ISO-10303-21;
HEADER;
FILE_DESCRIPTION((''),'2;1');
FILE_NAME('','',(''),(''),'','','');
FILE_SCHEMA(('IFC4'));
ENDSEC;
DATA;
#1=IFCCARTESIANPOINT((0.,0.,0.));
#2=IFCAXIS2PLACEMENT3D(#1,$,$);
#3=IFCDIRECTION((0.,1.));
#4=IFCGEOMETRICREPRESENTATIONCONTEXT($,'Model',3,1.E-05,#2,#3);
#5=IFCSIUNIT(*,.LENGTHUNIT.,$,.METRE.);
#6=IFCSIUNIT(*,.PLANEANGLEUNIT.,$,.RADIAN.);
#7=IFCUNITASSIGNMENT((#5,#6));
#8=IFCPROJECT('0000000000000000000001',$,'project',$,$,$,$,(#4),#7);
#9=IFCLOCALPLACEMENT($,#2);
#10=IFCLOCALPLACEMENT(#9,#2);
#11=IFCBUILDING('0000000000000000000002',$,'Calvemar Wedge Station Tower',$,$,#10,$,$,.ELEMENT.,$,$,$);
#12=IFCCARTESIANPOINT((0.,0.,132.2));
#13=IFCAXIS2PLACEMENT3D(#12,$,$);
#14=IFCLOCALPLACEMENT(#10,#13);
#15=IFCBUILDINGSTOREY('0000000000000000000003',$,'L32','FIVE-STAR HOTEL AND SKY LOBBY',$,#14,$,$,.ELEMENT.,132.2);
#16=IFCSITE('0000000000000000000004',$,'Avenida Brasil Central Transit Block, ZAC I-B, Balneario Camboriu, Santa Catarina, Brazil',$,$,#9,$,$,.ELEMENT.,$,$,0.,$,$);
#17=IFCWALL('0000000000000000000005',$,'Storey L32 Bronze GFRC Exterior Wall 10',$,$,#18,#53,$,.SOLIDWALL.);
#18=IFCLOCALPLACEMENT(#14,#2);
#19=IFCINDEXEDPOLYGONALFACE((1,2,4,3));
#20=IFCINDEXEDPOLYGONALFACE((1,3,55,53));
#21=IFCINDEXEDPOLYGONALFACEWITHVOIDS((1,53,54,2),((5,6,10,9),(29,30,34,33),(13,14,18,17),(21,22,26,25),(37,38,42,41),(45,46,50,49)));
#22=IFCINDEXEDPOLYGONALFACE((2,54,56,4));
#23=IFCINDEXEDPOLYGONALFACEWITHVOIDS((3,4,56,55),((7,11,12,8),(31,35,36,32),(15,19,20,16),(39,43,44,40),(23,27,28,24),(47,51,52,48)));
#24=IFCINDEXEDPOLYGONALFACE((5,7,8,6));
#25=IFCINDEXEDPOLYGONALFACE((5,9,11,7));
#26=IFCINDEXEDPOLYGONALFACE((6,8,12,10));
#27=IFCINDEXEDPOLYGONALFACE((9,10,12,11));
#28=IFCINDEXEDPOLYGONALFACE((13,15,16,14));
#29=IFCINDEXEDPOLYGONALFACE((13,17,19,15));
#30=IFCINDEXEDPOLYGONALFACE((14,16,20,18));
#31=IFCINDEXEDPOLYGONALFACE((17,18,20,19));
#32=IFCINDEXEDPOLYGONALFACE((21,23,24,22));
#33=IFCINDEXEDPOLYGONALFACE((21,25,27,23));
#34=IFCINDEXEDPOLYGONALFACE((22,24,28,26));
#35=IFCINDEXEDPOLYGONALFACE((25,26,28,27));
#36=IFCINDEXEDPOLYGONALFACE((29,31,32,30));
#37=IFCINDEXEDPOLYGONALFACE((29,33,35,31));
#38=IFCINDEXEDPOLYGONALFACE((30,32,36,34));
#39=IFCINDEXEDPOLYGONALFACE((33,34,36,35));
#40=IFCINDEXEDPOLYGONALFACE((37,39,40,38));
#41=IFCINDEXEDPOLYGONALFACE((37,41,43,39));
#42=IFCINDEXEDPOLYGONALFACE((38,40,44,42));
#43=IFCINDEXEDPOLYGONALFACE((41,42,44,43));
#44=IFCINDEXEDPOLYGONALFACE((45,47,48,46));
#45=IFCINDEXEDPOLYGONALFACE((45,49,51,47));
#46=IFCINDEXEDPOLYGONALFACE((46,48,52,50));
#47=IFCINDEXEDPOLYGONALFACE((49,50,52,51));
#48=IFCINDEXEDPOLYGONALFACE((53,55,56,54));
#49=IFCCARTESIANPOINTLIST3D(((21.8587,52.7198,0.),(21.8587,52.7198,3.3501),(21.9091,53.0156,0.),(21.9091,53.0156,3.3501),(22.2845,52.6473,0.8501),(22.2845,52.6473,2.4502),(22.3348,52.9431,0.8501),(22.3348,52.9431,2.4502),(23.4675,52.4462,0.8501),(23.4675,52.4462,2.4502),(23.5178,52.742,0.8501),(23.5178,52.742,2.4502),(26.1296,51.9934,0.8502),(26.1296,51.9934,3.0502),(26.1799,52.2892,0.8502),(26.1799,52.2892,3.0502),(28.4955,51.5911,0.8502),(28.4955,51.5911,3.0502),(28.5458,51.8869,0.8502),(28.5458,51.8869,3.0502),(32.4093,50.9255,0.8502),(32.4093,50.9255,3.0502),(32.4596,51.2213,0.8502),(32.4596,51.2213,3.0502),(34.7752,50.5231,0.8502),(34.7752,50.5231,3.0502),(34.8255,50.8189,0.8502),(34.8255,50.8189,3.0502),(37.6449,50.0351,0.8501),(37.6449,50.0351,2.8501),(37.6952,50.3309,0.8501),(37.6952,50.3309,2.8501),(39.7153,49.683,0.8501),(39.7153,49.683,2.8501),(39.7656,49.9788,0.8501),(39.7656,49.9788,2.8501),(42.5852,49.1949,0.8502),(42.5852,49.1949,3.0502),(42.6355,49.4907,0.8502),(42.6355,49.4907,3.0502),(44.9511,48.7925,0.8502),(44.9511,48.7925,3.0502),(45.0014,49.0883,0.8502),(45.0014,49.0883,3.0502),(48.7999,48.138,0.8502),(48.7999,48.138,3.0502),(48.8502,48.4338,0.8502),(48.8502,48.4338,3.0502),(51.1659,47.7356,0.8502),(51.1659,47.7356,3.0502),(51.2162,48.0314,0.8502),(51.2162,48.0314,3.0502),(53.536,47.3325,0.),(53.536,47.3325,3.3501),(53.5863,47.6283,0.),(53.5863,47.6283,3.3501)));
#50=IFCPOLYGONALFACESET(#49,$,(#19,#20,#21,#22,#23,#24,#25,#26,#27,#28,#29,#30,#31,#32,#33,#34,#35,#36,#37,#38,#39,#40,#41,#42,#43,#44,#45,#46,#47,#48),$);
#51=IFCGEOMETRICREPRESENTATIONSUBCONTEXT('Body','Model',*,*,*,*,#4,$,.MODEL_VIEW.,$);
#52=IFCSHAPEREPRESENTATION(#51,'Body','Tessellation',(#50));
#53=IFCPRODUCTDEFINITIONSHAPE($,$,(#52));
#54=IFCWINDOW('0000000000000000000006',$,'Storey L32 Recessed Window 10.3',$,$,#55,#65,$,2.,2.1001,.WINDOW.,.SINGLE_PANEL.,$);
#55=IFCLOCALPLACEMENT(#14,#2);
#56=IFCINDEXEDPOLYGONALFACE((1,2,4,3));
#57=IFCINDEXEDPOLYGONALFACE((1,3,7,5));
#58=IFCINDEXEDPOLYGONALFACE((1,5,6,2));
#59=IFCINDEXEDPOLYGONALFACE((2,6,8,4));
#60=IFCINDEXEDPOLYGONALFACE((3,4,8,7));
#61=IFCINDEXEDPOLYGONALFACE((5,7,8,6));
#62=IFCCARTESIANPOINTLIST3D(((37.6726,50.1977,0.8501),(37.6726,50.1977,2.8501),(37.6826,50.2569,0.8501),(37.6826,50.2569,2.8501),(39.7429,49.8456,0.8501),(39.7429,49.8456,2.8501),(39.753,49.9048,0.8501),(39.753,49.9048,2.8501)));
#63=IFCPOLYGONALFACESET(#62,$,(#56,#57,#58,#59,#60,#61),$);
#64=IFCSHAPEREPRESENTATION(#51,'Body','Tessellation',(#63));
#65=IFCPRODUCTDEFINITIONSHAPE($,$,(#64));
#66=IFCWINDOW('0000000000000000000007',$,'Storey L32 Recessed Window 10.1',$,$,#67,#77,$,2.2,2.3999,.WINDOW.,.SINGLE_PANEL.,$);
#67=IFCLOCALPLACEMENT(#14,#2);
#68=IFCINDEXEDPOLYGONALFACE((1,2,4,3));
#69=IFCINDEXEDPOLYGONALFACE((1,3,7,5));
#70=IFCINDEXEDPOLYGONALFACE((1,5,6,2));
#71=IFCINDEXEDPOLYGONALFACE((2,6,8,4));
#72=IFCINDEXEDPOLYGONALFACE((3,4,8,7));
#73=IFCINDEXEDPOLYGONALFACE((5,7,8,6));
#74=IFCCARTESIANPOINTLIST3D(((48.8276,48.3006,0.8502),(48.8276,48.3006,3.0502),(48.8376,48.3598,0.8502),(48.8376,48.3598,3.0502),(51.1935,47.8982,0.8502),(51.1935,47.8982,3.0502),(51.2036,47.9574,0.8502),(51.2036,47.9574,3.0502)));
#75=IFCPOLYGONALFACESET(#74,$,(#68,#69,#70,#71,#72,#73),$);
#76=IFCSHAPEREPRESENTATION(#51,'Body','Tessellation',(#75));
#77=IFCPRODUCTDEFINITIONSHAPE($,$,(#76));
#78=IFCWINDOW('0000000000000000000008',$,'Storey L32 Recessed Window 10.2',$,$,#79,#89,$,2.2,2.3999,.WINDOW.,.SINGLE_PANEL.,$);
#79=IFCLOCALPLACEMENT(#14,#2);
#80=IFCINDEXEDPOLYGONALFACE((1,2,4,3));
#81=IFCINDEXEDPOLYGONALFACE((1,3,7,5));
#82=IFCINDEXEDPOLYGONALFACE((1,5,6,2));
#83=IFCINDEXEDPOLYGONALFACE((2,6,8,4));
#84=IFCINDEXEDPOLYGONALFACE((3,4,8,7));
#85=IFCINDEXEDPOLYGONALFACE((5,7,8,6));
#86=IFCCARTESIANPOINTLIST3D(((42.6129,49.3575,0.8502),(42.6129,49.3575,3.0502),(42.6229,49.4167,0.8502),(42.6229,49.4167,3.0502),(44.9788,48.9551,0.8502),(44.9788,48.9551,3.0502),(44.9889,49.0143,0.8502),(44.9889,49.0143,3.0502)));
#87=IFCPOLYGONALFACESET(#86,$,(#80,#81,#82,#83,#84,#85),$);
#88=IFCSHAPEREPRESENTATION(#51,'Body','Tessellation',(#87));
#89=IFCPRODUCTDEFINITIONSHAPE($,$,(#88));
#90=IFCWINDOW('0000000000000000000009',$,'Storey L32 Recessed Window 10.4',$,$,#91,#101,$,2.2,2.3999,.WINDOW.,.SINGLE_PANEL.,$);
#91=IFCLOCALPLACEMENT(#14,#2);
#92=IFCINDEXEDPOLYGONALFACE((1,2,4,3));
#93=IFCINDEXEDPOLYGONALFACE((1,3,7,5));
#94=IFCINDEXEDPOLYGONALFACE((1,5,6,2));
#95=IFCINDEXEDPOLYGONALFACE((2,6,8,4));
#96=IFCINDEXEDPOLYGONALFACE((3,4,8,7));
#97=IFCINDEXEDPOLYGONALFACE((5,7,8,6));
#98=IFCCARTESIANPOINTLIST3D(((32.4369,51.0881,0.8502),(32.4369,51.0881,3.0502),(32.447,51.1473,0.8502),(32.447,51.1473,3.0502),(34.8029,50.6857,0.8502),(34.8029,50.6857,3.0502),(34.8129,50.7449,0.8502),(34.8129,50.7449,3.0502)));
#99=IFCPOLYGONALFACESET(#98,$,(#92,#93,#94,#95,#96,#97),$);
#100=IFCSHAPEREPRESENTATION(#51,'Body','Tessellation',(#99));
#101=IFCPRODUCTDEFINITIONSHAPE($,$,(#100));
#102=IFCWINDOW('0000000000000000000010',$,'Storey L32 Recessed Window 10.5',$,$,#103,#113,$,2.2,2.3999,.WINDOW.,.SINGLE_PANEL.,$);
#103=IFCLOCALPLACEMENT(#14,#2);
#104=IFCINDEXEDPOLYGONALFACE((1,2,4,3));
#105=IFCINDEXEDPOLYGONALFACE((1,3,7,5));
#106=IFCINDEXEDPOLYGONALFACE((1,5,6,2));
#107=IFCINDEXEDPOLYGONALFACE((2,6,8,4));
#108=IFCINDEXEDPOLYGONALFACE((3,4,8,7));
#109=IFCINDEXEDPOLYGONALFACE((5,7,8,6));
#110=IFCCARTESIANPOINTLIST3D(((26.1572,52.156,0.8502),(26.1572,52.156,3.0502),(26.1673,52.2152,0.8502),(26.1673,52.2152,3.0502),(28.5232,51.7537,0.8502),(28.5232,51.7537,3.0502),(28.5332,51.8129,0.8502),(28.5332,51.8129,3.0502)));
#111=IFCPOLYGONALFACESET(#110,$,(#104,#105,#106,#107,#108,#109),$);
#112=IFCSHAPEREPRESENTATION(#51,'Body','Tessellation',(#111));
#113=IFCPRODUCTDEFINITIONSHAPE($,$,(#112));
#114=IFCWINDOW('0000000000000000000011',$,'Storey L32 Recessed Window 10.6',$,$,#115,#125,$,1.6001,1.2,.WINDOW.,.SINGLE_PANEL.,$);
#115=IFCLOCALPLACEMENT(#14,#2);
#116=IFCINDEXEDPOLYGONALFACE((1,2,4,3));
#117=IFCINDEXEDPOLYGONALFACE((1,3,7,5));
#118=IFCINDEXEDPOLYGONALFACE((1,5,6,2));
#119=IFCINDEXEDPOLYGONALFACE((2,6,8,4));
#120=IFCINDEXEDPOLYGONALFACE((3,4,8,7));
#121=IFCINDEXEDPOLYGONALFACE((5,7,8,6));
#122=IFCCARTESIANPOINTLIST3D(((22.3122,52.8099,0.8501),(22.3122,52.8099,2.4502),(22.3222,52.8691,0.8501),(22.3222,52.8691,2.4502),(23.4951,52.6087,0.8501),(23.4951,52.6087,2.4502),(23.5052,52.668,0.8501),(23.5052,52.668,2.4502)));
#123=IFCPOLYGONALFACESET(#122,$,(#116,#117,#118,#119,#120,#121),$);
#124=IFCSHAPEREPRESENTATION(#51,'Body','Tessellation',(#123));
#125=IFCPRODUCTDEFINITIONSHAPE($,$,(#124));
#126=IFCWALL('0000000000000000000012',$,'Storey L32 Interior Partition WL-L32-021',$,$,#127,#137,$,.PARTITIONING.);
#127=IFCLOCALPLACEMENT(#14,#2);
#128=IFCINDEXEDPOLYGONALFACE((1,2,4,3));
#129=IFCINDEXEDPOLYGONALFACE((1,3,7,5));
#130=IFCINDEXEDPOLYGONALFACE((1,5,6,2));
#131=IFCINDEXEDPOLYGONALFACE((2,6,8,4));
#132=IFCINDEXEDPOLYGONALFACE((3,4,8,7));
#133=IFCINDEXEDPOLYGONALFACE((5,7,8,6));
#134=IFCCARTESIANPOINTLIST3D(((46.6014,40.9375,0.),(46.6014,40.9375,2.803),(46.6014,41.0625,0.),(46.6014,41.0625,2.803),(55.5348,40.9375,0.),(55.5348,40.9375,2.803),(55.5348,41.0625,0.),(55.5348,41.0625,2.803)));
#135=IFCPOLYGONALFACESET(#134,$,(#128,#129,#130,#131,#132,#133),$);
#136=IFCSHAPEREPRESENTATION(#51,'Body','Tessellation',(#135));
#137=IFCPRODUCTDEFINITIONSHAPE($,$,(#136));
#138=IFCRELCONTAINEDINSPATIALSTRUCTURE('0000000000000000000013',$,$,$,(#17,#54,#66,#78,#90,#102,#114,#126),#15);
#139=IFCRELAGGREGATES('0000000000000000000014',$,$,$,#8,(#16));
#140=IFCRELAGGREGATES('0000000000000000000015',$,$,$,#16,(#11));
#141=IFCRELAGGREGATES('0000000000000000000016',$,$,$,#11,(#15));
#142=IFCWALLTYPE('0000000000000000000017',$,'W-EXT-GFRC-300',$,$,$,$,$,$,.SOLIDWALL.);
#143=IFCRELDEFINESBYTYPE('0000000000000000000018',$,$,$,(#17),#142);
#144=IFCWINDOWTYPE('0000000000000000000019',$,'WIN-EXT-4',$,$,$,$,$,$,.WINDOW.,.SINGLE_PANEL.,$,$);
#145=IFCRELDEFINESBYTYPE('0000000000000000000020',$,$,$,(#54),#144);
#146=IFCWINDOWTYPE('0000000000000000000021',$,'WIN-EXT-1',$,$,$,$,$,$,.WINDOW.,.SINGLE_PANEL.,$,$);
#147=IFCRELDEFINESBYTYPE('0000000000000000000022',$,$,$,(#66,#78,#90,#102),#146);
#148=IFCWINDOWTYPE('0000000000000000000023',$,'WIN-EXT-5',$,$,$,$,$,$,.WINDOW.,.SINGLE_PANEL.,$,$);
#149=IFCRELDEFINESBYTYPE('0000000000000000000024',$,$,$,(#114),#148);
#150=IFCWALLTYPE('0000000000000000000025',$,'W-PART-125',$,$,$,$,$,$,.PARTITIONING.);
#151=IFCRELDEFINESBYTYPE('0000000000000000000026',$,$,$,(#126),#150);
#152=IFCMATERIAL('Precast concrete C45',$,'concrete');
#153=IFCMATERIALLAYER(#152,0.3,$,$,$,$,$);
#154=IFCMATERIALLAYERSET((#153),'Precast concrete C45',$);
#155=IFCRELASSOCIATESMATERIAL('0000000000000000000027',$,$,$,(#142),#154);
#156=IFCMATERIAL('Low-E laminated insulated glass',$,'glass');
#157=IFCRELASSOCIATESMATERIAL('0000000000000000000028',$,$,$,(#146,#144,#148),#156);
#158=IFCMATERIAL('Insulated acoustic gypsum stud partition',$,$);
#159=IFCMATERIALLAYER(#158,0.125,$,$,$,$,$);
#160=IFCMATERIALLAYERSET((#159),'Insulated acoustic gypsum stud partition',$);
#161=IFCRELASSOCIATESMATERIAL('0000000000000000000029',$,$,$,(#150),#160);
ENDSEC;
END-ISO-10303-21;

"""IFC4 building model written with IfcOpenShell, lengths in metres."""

from ifc_helpers import new_model, si_unit, direction, frame, frame_2d, origin, place, context, subcontext, project, spatial, rectangle, extrude, source, transform, mapped, material, layer, layer_set, type_object, element, fill, save


model = new_model("IFC4")

# Units and contexts
model_context = context("Model", 3, precision=1e-05, world=origin(), true_north=direction((0.0, 1.0)))
body_context = subcontext(model_context, "Body", "Model", "MODEL_VIEW")
ifc_project = project(units=[si_unit("LENGTHUNIT", "METRE"), si_unit("PLANEANGLEUNIT", "RADIAN")], contexts=[model_context])

# Site, building, storey
site_placement = place(None, origin())
site = spatial("IfcSite", under=ifc_project, at=site_placement, Name="Avenida Brasil Central Transit Block, ZAC I-B, Balneario Camboriu, Santa Catarina, Brazil", CompositionType="ELEMENT", RefElevation=0.0)
building_placement = place(site_placement, origin())
building = spatial("IfcBuilding", under=site, at=building_placement, Name="Calvemar Wedge Station Tower", CompositionType="ELEMENT")
storey_placement = place(building_placement, frame((0.0, 0.0, 132.2)))
storey = spatial("IfcBuildingStorey", under=building, at=storey_placement, Name="L32", Description="FIVE-STAR HOTEL AND SKY LOBBY", CompositionType="ELEMENT", Elevation=132.2)

# Shared definitions
ifc_material_1 = material(Name="Precast concrete C45", Category="concrete")

# Shared definitions
ifc_layer_1 = layer(ifc_material_1, 0.3)
ifc_layer_set_1 = layer_set([ifc_layer_1], Name="Precast concrete C45")
wall_type_1 = type_object("IfcWallType", Name="W-EXT-GFRC-300", PredefinedType="SOLIDWALL", material=ifc_layer_set_1)
shared_shape_1 = source(origin(), body_context, "Body", "SweptSolid", [
    extrude(rectangle(XDim=2.3999, YDim=2.2, at=frame_2d((1.2, 1.1001))), frame((0.0, 0.1602, 0.0), z_axis=(0.0, -1.0, 0.0), x_axis=(1.0, 0.0, 0.0)), (0.0, 0.0, 1.0), 0.3201),
])
ifc_material_2 = material(Name="Low-E laminated insulated glass", Category="glass")
window_type_1 = type_object("IfcWindowType", Name="WIN-EXT-1", PartitioningType="SINGLE_PANEL", PredefinedType="WINDOW", material=ifc_material_2)
shared_shape_2 = source(origin(), body_context, "Body", "SweptSolid", [
    extrude(rectangle(XDim=2.3999, YDim=2.2, at=frame_2d((1.2, 1.1001))), frame((0.0, -0.0149, 0.0), z_axis=(0.0, -1.0, 0.0), x_axis=(1.0, 0.0, 0.0)), (0.0, 0.0, 1.0), 0.0601),
])

# Wall, openings, windows
wall_1_placement = place(storey_placement, frame((53.561, 47.4805, 0.0), z_axis=(0.0, 0.0, 1.0), x_axis=(-0.985845, 0.167658, 0.0)))
wall_1 = element("IfcWall", 1, at=wall_1_placement, inside=storey, type_object=wall_type_1, Name="Storey L32 Bronze GFRC Exterior Wall 10", PredefinedType="SOLIDWALL", context=body_context, shape_type="SweptSolid", body=[
    extrude(rectangle(XDim=32.1321, YDim=0.3, at=frame_2d((16.0659, 0.0))), origin(), (0.0, 0.0, 1.0), 3.3501),
])
opening_1_placement = place(wall_1_placement, frame((2.4041, 0.0, 0.8501)))
opening_1 = element("IfcOpeningElement", 2, at=opening_1_placement, cuts=wall_1, PredefinedType="OPENING", context=body_context, shape_type="MappedRepresentation", body=[
    mapped(shared_shape_1, transform((0.0, 0.0, 0.0), scale=1.0)),
])
opening_2_placement = place(wall_1_placement, frame((8.708, 0.0, 0.8501)))
opening_2 = element("IfcOpeningElement", 3, at=opening_2_placement, cuts=wall_1, PredefinedType="OPENING", context=body_context, shape_type="MappedRepresentation", body=[
    mapped(shared_shape_1, transform((0.0, 0.0, 0.0), scale=1.0)),
])
shared_shape_3 = source(origin(), body_context, "Body", "SweptSolid", [
    extrude(rectangle(XDim=2.1001, YDim=2.0, at=frame_2d((1.05, 1.0))), frame((0.0, 0.1602, 0.0), z_axis=(0.0, -1.0, 0.0), x_axis=(1.0, 0.0, 0.0)), (0.0, 0.0, 1.0), 0.3201),
])
opening_3_placement = place(wall_1_placement, frame((14.019, 0.0, 0.8501)))
opening_3 = element("IfcOpeningElement", 4, at=opening_3_placement, cuts=wall_1, PredefinedType="OPENING", context=body_context, shape_type="MappedRepresentation", body=[
    mapped(shared_shape_3, transform((0.0, 0.0, 0.0), scale=1.0)),
])
opening_4_placement = place(wall_1_placement, frame((19.03, 0.0, 0.8501)))
opening_4 = element("IfcOpeningElement", 5, at=opening_4_placement, cuts=wall_1, PredefinedType="OPENING", context=body_context, shape_type="MappedRepresentation", body=[
    mapped(shared_shape_1, transform((0.0, 0.0, 0.0), scale=1.0)),
])
opening_5_placement = place(wall_1_placement, frame((25.3999, 0.0, 0.8501)))
opening_5 = element("IfcOpeningElement", 6, at=opening_5_placement, cuts=wall_1, PredefinedType="OPENING", context=body_context, shape_type="MappedRepresentation", body=[
    mapped(shared_shape_1, transform((0.0, 0.0, 0.0), scale=1.0)),
])
shared_shape_4 = source(origin(), body_context, "Body", "SweptSolid", [
    extrude(rectangle(XDim=1.2, YDim=1.6001, at=frame_2d((0.6001, 0.8))), frame((0.0, 0.1602, 0.0), z_axis=(0.0, -1.0, 0.0), x_axis=(1.0, 0.0, 0.0)), (0.0, 0.0, 1.0), 0.3201),
])
opening_6_placement = place(wall_1_placement, frame((30.5, 0.0, 0.8501)))
opening_6 = element("IfcOpeningElement", 7, at=opening_6_placement, cuts=wall_1, PredefinedType="OPENING", context=body_context, shape_type="MappedRepresentation", body=[
    mapped(shared_shape_4, transform((0.0, 0.0, 0.0), scale=1.0)),
])
window_type_2 = type_object("IfcWindowType", Name="WIN-EXT-4", PartitioningType="SINGLE_PANEL", PredefinedType="WINDOW", material=ifc_material_2)
shared_shape_5 = source(origin(), body_context, "Body", "SweptSolid", [
    extrude(rectangle(XDim=2.1001, YDim=2.0, at=frame_2d((1.05, 1.0))), frame((0.0, -0.0149, 0.0), z_axis=(0.0, -1.0, 0.0), x_axis=(1.0, 0.0, 0.0)), (0.0, 0.0, 1.0), 0.0601),
])
window_1_placement = place(opening_3_placement, origin())
window_1 = element("IfcWindow", 8, at=window_1_placement, inside=storey, type_object=window_type_2, Name="Storey L32 Recessed Window 10.3", OverallHeight=2.0, OverallWidth=2.1001, PartitioningType="SINGLE_PANEL", PredefinedType="WINDOW", context=body_context, shape_type="MappedRepresentation", body=[
    mapped(shared_shape_5, transform((0.0, 0.0, 0.0), scale=1.0)),
])
fill(opening_3, window_1)
window_2_placement = place(opening_1_placement, origin())
window_2 = element("IfcWindow", 9, at=window_2_placement, inside=storey, type_object=window_type_1, Name="Storey L32 Recessed Window 10.1", OverallHeight=2.2, OverallWidth=2.3999, PartitioningType="SINGLE_PANEL", PredefinedType="WINDOW", context=body_context, shape_type="MappedRepresentation", body=[
    mapped(shared_shape_2, transform((0.0, 0.0, 0.0), scale=1.0)),
])
fill(opening_1, window_2)
window_3_placement = place(opening_2_placement, origin())
window_3 = element("IfcWindow", 10, at=window_3_placement, inside=storey, type_object=window_type_1, Name="Storey L32 Recessed Window 10.2", OverallHeight=2.2, OverallWidth=2.3999, PartitioningType="SINGLE_PANEL", PredefinedType="WINDOW", context=body_context, shape_type="MappedRepresentation", body=[
    mapped(shared_shape_2, transform((0.0, 0.0, 0.0), scale=1.0)),
])
fill(opening_2, window_3)
window_4_placement = place(opening_4_placement, origin())
window_4 = element("IfcWindow", 11, at=window_4_placement, inside=storey, type_object=window_type_1, Name="Storey L32 Recessed Window 10.4", OverallHeight=2.2, OverallWidth=2.3999, PartitioningType="SINGLE_PANEL", PredefinedType="WINDOW", context=body_context, shape_type="MappedRepresentation", body=[
    mapped(shared_shape_2, transform((0.0, 0.0, 0.0), scale=1.0)),
])
fill(opening_4, window_4)
window_5_placement = place(opening_5_placement, origin())
window_5 = element("IfcWindow", 12, at=window_5_placement, inside=storey, type_object=window_type_1, Name="Storey L32 Recessed Window 10.5", OverallHeight=2.2, OverallWidth=2.3999, PartitioningType="SINGLE_PANEL", PredefinedType="WINDOW", context=body_context, shape_type="MappedRepresentation", body=[
    mapped(shared_shape_2, transform((0.0, 0.0, 0.0), scale=1.0)),
])
fill(opening_5, window_5)
window_type_3 = type_object("IfcWindowType", Name="WIN-EXT-5", PartitioningType="SINGLE_PANEL", PredefinedType="WINDOW", material=ifc_material_2)
shared_shape_6 = source(origin(), body_context, "Body", "SweptSolid", [
    extrude(rectangle(XDim=1.2, YDim=1.6001, at=frame_2d((0.6001, 0.8))), frame((0.0, -0.0149, 0.0), z_axis=(0.0, -1.0, 0.0), x_axis=(1.0, 0.0, 0.0)), (0.0, 0.0, 1.0), 0.0601),
])
window_6_placement = place(opening_6_placement, origin())
window_6 = element("IfcWindow", 13, at=window_6_placement, inside=storey, type_object=window_type_3, Name="Storey L32 Recessed Window 10.6", OverallHeight=1.6001, OverallWidth=1.2, PartitioningType="SINGLE_PANEL", PredefinedType="WINDOW", context=body_context, shape_type="MappedRepresentation", body=[
    mapped(shared_shape_6, transform((0.0, 0.0, 0.0), scale=1.0)),
])
fill(opening_6, window_6)

# Wall
ifc_material_3 = material(Name="Insulated acoustic gypsum stud partition")
ifc_layer_2 = layer(ifc_material_3, 0.125)
ifc_layer_set_2 = layer_set([ifc_layer_2], Name="Insulated acoustic gypsum stud partition")
wall_type_2 = type_object("IfcWallType", Name="W-PART-125", PredefinedType="PARTITIONING", material=ifc_layer_set_2)
wall_2_placement = place(storey_placement, frame((55.5349, 41.0, 0.0), z_axis=(0.0, 0.0, 1.0), x_axis=(-1.0, 0.0, 0.0)))
element("IfcWall", 14, at=wall_2_placement, inside=storey, type_object=wall_type_2, Name="Storey L32 Interior Partition WL-L32-021", PredefinedType="PARTITIONING", context=body_context, shape_type="SweptSolid", body=[
    extrude(rectangle(XDim=8.9333, YDim=0.125, at=frame_2d((4.4668, 0.0))), origin(), (0.0, 0.0, 1.0), 2.803),
])

save(model, "model.ifc")
